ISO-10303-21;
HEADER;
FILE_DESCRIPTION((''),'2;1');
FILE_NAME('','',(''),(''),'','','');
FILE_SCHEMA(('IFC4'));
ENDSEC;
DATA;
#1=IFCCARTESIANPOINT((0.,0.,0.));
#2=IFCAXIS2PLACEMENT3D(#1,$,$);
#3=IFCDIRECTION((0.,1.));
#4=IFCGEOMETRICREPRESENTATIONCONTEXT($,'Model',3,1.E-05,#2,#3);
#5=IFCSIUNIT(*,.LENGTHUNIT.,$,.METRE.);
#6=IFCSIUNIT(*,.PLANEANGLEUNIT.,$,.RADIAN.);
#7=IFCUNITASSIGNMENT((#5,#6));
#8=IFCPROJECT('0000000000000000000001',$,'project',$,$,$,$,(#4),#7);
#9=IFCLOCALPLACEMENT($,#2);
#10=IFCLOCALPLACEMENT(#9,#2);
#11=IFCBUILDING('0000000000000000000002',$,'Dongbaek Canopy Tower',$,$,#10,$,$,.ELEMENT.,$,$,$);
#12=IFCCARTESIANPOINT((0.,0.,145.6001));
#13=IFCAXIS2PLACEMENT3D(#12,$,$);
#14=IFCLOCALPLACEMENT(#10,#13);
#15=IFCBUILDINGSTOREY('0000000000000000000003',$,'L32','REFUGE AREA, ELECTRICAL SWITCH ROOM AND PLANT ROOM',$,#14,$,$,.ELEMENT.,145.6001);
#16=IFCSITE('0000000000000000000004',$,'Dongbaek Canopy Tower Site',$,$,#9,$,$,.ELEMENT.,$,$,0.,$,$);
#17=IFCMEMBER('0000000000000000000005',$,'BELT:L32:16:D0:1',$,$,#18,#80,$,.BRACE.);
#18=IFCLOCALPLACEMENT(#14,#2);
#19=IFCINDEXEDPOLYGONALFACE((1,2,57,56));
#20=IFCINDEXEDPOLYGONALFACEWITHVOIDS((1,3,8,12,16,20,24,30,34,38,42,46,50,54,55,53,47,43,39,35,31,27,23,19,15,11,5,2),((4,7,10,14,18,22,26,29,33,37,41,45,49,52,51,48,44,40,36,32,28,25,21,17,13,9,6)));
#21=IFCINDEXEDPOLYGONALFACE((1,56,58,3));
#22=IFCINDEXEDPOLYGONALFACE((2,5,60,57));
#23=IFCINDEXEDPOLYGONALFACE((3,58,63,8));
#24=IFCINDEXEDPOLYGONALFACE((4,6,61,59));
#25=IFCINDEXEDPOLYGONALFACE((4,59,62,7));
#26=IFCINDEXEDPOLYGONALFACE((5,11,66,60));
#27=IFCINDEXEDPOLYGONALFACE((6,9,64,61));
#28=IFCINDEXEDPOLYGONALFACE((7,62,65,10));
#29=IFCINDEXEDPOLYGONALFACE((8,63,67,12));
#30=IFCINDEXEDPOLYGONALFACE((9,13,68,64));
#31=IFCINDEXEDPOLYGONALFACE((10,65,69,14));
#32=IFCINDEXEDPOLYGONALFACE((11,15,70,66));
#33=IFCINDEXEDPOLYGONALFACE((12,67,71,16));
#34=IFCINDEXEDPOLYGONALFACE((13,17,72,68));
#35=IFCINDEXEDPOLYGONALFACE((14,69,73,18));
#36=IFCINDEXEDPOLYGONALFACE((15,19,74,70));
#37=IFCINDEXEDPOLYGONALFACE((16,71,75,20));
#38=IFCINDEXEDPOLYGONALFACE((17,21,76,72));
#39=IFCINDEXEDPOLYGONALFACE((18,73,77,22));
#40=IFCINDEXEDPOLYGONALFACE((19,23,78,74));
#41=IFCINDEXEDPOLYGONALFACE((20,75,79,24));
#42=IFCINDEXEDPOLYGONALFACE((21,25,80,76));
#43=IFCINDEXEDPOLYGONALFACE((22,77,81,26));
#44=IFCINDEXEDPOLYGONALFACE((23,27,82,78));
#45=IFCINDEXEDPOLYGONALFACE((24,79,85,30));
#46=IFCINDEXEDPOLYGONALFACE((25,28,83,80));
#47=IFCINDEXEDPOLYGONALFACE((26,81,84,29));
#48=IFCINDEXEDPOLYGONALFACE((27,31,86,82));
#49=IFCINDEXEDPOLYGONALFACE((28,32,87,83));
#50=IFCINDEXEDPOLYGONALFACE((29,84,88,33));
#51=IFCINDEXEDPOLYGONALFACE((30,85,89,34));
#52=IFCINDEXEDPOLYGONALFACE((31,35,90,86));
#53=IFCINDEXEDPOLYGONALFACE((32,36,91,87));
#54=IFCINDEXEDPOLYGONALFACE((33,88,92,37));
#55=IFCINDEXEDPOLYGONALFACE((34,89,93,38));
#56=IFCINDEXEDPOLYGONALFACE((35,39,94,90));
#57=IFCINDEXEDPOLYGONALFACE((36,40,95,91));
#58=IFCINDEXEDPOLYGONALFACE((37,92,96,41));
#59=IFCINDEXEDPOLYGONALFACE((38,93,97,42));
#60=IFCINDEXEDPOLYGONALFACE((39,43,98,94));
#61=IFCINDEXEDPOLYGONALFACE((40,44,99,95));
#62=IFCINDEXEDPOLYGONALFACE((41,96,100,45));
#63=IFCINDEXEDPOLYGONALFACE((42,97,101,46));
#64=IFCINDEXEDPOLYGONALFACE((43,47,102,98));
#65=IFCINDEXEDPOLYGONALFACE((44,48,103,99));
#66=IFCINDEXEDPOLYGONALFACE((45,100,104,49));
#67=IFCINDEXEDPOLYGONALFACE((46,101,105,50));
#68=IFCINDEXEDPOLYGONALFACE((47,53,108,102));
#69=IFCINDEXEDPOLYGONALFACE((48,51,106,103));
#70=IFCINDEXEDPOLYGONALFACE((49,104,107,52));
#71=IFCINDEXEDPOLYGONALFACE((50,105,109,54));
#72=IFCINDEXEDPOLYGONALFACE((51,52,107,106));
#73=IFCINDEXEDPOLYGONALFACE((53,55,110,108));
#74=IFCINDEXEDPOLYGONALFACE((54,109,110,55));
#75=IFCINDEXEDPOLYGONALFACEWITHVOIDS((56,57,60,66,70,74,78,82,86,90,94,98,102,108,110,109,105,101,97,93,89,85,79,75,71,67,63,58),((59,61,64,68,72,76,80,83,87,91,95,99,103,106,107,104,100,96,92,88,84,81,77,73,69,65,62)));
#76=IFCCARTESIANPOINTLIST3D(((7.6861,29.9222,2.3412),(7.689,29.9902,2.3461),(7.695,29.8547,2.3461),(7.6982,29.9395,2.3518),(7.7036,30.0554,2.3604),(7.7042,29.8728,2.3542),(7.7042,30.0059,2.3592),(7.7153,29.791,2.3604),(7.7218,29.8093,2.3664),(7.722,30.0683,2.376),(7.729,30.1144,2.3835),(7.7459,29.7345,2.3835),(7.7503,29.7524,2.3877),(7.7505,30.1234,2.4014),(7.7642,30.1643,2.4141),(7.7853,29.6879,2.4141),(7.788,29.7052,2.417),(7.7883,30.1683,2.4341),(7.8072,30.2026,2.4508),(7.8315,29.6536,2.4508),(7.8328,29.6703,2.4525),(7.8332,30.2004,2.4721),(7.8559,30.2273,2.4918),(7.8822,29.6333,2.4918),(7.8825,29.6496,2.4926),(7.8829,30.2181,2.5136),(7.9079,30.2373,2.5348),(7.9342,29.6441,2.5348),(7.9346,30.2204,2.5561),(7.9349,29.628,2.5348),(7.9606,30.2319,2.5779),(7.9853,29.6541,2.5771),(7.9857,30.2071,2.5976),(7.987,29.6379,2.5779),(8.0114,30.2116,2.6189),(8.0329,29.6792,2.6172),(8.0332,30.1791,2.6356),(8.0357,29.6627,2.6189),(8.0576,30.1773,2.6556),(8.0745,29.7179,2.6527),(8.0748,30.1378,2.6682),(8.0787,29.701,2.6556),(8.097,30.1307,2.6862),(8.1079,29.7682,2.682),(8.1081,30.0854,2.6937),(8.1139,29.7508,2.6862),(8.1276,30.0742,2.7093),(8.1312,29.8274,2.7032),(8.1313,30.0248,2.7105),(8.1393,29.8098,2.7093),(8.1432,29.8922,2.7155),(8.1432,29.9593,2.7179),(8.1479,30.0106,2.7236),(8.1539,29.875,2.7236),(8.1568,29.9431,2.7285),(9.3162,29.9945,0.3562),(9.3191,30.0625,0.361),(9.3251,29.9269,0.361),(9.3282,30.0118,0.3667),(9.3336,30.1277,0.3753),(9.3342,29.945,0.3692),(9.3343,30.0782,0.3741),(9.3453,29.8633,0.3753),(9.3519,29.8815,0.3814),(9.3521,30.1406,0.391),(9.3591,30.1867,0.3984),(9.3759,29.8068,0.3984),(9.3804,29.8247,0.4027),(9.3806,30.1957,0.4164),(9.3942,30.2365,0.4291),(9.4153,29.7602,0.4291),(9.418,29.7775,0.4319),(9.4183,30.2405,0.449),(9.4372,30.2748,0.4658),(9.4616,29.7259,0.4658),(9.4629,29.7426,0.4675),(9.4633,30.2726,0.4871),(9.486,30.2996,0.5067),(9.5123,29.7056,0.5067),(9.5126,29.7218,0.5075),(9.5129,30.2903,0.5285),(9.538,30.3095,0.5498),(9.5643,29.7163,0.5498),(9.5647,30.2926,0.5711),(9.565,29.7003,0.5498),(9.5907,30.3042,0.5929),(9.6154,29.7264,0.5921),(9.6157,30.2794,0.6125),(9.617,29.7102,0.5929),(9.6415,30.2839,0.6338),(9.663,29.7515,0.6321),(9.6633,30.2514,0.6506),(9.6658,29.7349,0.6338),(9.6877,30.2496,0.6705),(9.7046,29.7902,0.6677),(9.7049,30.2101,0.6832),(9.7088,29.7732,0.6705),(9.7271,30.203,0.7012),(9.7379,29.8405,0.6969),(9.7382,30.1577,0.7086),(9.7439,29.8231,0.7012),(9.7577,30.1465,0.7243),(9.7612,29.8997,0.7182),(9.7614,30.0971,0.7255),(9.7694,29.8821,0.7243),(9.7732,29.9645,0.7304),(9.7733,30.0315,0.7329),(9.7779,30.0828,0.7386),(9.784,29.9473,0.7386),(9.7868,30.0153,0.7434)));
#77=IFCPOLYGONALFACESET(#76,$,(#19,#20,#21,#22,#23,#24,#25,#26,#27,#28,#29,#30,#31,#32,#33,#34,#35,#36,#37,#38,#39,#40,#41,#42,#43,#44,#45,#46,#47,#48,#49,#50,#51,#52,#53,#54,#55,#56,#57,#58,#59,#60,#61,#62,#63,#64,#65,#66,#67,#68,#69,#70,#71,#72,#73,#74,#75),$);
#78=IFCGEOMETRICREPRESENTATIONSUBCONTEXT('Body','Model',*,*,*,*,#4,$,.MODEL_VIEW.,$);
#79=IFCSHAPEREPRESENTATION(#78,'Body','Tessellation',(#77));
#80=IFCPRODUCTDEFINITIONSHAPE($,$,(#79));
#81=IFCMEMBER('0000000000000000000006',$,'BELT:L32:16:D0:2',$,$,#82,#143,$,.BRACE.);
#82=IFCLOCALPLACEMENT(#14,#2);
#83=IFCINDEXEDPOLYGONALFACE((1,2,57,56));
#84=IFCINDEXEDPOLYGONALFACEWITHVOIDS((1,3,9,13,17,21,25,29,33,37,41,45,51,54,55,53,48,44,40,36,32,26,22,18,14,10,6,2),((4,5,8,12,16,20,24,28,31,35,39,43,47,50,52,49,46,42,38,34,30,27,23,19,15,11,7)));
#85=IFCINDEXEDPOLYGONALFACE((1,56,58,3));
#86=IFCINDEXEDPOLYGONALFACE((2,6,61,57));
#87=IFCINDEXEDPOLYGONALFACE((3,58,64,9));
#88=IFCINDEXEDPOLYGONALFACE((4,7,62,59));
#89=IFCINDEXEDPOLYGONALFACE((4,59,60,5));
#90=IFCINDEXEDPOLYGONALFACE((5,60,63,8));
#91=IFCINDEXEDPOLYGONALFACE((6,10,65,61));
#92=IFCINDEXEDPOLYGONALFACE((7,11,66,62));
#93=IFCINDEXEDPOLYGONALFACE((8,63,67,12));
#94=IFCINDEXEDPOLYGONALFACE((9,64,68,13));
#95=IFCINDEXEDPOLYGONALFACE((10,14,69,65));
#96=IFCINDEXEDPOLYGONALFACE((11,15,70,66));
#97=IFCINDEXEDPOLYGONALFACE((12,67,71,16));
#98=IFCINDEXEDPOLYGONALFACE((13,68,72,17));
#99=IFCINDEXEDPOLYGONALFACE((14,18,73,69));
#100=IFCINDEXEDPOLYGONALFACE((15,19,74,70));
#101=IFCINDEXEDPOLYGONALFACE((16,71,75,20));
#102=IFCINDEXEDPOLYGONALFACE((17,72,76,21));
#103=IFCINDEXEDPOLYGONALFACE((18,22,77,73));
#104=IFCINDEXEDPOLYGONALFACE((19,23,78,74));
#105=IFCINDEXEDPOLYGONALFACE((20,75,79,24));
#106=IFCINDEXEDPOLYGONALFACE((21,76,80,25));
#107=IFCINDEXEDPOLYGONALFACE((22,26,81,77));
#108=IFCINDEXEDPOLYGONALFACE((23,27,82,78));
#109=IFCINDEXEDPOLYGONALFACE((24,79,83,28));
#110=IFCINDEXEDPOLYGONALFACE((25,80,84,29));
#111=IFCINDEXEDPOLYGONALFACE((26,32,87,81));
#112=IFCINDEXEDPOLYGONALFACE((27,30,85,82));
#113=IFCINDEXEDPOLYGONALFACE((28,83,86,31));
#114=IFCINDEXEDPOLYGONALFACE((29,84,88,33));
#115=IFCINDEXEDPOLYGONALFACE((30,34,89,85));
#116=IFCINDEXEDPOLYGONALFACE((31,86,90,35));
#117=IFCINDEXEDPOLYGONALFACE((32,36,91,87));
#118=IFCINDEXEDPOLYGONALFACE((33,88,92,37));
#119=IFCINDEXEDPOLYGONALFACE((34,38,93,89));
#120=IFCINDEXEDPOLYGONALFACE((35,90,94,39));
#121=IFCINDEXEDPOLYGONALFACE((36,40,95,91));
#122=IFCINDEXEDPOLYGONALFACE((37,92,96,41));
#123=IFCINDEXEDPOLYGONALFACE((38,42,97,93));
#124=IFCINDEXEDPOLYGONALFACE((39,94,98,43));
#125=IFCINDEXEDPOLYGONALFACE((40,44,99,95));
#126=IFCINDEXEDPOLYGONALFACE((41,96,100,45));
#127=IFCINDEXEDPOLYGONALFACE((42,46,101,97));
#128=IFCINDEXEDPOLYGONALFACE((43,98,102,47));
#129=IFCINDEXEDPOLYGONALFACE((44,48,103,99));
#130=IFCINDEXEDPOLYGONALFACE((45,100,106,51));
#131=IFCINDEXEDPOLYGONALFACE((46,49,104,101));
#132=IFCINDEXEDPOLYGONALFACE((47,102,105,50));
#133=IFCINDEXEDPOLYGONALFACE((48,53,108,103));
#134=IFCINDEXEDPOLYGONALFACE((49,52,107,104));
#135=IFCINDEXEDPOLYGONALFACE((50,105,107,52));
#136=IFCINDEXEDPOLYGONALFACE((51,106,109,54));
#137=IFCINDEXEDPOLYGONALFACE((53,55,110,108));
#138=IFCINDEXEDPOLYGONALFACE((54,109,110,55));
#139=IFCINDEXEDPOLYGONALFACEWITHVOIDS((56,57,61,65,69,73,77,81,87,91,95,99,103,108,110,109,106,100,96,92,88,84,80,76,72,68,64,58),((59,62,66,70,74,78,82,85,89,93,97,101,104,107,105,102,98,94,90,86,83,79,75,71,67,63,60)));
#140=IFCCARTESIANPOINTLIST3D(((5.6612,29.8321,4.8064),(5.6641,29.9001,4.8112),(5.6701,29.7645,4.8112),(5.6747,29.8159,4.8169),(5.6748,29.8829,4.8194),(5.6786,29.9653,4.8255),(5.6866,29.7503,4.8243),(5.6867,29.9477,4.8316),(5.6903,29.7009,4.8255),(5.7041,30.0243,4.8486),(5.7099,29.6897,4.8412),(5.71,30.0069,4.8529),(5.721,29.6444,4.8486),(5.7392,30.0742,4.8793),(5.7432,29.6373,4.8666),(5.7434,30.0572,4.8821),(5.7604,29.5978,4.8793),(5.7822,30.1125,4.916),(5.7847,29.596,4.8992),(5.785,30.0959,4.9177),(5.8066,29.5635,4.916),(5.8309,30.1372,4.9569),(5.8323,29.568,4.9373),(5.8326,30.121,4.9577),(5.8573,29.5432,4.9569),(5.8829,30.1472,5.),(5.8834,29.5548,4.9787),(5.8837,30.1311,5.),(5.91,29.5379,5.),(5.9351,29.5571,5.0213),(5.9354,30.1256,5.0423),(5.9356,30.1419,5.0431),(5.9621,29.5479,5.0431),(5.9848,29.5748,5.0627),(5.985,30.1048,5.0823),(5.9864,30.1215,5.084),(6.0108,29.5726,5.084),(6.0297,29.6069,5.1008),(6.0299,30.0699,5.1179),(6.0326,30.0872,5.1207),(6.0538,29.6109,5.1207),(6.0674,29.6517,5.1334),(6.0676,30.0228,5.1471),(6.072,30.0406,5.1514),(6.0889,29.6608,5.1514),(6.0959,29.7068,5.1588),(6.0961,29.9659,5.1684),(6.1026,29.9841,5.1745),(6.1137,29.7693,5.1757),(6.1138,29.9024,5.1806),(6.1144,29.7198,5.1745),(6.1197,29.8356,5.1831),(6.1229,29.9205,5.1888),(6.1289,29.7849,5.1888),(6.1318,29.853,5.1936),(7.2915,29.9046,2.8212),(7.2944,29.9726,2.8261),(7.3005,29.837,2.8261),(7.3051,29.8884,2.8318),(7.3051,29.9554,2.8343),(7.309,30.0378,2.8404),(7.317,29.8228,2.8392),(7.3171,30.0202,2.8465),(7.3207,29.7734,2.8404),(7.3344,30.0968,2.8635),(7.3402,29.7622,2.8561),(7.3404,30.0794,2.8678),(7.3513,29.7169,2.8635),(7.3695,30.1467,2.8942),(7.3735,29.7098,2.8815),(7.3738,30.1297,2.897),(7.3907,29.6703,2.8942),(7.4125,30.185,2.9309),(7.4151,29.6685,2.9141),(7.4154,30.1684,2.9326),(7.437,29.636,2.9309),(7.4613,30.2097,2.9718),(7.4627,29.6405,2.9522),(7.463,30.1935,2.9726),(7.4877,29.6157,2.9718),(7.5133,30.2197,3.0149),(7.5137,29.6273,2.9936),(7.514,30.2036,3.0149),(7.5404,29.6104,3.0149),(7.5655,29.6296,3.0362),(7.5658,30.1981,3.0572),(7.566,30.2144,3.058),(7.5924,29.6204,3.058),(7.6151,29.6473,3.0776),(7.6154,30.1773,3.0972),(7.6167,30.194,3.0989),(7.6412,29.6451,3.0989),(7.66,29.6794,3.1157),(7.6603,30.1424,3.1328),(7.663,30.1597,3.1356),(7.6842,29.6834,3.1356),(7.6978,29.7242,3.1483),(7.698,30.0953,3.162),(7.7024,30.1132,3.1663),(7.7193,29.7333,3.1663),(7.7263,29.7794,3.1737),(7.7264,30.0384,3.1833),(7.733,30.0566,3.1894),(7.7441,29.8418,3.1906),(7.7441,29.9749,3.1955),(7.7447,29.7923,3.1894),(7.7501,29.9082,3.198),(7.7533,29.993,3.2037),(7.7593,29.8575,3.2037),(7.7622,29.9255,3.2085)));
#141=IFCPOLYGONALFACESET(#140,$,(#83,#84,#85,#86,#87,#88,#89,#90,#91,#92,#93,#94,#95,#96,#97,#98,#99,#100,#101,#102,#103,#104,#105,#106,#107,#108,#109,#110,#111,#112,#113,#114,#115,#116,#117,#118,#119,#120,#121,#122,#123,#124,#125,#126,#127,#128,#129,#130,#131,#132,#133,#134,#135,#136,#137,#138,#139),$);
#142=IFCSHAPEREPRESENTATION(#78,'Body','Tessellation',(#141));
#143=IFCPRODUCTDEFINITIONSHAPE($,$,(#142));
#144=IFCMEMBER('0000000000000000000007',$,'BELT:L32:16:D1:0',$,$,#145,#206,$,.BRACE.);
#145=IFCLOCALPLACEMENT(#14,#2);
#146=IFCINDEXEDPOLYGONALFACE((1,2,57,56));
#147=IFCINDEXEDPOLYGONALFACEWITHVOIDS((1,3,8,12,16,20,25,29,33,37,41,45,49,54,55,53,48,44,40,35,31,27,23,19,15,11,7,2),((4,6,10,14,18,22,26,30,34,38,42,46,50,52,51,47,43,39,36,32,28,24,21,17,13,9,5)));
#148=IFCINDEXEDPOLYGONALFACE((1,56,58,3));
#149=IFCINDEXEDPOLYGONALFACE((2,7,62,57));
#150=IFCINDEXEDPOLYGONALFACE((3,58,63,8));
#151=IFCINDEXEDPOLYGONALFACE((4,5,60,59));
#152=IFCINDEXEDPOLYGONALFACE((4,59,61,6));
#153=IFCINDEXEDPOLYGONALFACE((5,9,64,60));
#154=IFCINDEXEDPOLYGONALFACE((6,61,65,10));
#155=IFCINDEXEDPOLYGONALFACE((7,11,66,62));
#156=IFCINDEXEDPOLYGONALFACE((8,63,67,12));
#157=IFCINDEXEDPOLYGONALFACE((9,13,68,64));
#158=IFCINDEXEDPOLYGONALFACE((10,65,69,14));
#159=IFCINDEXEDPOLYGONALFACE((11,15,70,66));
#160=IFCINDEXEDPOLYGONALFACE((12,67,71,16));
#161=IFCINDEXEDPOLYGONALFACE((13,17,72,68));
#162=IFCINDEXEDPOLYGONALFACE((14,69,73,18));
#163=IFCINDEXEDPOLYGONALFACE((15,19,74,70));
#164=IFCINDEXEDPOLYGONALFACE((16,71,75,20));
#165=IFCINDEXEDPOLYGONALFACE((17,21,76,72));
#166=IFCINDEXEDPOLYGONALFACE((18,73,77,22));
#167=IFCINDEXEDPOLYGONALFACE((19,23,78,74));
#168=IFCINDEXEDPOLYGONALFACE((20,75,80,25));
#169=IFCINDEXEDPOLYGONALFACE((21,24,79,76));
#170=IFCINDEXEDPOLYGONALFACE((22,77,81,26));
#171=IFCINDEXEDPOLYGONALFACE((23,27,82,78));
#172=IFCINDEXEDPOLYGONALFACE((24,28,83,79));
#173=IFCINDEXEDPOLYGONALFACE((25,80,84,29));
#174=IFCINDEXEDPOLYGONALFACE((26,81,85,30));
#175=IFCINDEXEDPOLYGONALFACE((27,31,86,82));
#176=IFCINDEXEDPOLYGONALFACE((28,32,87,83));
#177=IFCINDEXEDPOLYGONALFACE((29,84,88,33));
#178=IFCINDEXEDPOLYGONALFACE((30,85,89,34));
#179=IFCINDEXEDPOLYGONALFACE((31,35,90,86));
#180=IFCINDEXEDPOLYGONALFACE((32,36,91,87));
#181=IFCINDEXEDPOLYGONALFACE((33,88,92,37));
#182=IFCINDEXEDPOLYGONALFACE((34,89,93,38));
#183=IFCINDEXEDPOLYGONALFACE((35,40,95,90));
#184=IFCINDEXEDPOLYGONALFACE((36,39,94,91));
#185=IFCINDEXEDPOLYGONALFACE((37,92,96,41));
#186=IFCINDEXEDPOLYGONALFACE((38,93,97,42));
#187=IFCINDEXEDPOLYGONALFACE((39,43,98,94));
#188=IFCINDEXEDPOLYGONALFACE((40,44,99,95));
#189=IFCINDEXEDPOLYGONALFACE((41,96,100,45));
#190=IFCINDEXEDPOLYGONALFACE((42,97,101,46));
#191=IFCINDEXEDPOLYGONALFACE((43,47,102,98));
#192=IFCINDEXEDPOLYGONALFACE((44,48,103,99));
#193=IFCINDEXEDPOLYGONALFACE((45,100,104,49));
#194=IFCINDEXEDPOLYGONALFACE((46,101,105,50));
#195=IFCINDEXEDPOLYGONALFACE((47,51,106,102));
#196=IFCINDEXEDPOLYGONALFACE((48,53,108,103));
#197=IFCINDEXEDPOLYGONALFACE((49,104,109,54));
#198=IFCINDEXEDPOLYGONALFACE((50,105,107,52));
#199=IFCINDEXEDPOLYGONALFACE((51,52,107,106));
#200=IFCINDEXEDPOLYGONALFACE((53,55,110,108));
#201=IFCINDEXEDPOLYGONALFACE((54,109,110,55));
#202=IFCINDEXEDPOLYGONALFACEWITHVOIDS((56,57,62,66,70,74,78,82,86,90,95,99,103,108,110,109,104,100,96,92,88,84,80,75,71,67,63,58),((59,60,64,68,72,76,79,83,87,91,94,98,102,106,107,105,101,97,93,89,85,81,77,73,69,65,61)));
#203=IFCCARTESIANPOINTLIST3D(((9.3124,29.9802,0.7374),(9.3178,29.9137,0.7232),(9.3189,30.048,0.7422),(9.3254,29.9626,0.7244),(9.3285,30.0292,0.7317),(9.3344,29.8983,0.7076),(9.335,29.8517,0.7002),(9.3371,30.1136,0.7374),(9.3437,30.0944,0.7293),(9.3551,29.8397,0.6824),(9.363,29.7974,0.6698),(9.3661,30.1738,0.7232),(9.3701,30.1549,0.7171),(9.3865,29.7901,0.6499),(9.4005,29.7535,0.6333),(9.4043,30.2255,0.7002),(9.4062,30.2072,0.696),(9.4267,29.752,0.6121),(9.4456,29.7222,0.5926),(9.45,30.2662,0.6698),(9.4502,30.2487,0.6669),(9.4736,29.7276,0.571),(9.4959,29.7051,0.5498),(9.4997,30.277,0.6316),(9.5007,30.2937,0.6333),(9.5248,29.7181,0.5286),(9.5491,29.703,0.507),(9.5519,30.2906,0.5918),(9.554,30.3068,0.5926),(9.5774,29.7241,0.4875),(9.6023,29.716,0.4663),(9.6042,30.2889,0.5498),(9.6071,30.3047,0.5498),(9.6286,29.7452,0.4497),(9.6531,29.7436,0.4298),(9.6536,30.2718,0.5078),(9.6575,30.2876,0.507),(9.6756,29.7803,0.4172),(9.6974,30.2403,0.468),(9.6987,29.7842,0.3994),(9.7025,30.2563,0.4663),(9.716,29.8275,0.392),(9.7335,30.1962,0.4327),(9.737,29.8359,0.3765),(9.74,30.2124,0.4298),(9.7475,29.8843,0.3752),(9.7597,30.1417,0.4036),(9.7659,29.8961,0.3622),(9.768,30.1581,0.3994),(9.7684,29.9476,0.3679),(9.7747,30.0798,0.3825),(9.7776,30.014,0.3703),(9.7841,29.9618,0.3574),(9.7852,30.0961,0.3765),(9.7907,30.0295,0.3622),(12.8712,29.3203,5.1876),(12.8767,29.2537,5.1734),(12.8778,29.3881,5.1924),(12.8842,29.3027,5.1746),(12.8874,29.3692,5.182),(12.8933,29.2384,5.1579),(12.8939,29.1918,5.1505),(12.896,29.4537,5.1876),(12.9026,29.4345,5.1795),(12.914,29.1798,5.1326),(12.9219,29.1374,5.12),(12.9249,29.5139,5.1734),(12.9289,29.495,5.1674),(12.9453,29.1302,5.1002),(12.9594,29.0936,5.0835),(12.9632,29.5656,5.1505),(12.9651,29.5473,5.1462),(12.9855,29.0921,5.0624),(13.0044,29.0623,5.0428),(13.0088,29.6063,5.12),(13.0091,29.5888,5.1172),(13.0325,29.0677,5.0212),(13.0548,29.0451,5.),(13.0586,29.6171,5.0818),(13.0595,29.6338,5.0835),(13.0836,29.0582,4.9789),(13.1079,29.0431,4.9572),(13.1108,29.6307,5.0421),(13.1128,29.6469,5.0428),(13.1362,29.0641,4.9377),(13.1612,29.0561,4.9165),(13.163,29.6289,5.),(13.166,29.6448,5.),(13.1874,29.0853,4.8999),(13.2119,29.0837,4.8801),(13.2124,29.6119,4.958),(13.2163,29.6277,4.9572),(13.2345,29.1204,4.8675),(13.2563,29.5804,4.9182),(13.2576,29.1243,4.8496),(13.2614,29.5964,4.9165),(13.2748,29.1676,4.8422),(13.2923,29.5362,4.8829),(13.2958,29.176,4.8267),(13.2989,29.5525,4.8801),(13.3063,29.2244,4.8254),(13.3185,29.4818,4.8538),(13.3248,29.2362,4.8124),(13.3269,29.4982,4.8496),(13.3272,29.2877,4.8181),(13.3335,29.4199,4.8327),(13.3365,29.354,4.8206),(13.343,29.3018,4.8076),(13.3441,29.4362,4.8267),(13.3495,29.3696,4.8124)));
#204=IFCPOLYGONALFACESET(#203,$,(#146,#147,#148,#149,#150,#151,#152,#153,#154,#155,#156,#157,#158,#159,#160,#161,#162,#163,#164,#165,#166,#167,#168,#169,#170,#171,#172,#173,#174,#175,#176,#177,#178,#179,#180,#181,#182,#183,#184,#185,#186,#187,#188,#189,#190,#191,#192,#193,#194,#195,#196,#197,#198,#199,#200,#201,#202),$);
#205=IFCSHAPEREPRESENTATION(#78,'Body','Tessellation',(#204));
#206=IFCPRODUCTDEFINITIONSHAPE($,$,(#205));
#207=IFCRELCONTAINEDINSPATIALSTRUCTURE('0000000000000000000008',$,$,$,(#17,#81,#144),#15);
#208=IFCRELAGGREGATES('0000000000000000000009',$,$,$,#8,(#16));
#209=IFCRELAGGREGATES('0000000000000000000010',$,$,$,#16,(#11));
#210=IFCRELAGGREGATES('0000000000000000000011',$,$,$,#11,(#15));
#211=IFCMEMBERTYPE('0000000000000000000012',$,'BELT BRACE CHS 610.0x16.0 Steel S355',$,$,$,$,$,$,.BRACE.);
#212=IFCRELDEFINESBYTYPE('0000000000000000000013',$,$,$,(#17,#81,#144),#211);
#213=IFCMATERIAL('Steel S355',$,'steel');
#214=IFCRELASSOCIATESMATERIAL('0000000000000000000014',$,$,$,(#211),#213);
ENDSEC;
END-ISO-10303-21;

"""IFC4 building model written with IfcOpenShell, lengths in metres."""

from ifc_helpers import new_model, si_unit, direction, frame, origin, origin_2d, place, context, subcontext, project, spatial, hollow_circle, extrude, material, material_profile, profile_set, type_object, element, save


model = new_model("IFC4")

# Units and contexts
model_context = context("Model", 3, precision=1e-05, world=origin(), true_north=direction((0.0, 1.0)))
body_context = subcontext(model_context, "Body", "Model", "MODEL_VIEW")
ifc_project = project(units=[si_unit("LENGTHUNIT", "METRE"), si_unit("PLANEANGLEUNIT", "RADIAN")], contexts=[model_context])

# Site, building, storey
site_placement = place(None, origin())
site = spatial("IfcSite", under=ifc_project, at=site_placement, Name="Dongbaek Canopy Tower Site", CompositionType="ELEMENT", RefElevation=0.0)
building_placement = place(site_placement, origin())
building = spatial("IfcBuilding", under=site, at=building_placement, Name="Dongbaek Canopy Tower", CompositionType="ELEMENT")
storey_placement = place(building_placement, frame((0.0, 0.0, 145.6001)))
storey = spatial("IfcBuildingStorey", under=building, at=storey_placement, Name="L32", Description="REFUGE AREA, ELECTRICAL SWITCH ROOM AND PLANT ROOM", CompositionType="ELEMENT", Elevation=145.6001)

# Members
ifc_material_1 = material(Name="Steel S355", Category="steel")
ifc_material_profile_1 = material_profile(ifc_material_1, hollow_circle(Radius=0.3049, WallThickness=0.0161, at=origin_2d()), Name="BELT BRACE CHS 610.0x16.0 Steel S355")
ifc_profile_set_1 = profile_set([ifc_material_profile_1], Name="Steel S355")
member_type_1 = type_object("IfcMemberType", Name="BELT BRACE CHS 610.0x16.0 Steel S355", PredefinedType="BRACE", material=ifc_profile_set_1)
member_1_placement = place(storey_placement, frame((9.5515, 30.0049, 0.5498), z_axis=(-0.634373, -0.028123, 0.772515), x_axis=(0.044288, -0.999019, 0.0)))
element("IfcMember", 1, at=member_1_placement, inside=storey, type_object=member_type_1, Name="BELT:L32:16:D0:1", PredefinedType="BRACE", context=body_context, shape_type="SweptSolid", body=[
    extrude(hollow_circle(Radius=0.3049, WallThickness=0.0161, at=origin_2d()), origin(), (0.0, 0.0, 1.0), 2.5696),
])
member_2_placement = place(storey_placement, frame((5.8965, 29.8425, 5.0), z_axis=(0.634428, 0.028216, -0.772467), x_axis=(-0.04443, 0.999012, 0.0)))
element("IfcMember", 2, at=member_2_placement, inside=storey, type_object=member_type_1, Name="BELT:L32:16:D0:2", PredefinedType="BRACE", context=body_context, shape_type="SweptSolid", body=[
    extrude(hollow_circle(Radius=0.3049, WallThickness=0.0161, at=origin_2d()), origin(), (0.0, 0.0, 1.0), 2.5698),
])
member_3_placement = place(storey_placement, frame((9.5515, 30.0049, 0.5498), z_axis=(0.620407, -0.115042, 0.775796), x_axis=(0.182321, 0.983239, 0.0)))
element("IfcMember", 3, at=member_3_placement, inside=storey, type_object=member_type_1, Name="BELT:L32:16:D1:0", PredefinedType="BRACE", context=body_context, shape_type="SweptSolid", body=[
    extrude(hollow_circle(Radius=0.3049, WallThickness=0.0161, at=origin_2d()), origin(), (0.0, 0.0, 1.0), 5.7363),
])

save(model, "model.ifc")
